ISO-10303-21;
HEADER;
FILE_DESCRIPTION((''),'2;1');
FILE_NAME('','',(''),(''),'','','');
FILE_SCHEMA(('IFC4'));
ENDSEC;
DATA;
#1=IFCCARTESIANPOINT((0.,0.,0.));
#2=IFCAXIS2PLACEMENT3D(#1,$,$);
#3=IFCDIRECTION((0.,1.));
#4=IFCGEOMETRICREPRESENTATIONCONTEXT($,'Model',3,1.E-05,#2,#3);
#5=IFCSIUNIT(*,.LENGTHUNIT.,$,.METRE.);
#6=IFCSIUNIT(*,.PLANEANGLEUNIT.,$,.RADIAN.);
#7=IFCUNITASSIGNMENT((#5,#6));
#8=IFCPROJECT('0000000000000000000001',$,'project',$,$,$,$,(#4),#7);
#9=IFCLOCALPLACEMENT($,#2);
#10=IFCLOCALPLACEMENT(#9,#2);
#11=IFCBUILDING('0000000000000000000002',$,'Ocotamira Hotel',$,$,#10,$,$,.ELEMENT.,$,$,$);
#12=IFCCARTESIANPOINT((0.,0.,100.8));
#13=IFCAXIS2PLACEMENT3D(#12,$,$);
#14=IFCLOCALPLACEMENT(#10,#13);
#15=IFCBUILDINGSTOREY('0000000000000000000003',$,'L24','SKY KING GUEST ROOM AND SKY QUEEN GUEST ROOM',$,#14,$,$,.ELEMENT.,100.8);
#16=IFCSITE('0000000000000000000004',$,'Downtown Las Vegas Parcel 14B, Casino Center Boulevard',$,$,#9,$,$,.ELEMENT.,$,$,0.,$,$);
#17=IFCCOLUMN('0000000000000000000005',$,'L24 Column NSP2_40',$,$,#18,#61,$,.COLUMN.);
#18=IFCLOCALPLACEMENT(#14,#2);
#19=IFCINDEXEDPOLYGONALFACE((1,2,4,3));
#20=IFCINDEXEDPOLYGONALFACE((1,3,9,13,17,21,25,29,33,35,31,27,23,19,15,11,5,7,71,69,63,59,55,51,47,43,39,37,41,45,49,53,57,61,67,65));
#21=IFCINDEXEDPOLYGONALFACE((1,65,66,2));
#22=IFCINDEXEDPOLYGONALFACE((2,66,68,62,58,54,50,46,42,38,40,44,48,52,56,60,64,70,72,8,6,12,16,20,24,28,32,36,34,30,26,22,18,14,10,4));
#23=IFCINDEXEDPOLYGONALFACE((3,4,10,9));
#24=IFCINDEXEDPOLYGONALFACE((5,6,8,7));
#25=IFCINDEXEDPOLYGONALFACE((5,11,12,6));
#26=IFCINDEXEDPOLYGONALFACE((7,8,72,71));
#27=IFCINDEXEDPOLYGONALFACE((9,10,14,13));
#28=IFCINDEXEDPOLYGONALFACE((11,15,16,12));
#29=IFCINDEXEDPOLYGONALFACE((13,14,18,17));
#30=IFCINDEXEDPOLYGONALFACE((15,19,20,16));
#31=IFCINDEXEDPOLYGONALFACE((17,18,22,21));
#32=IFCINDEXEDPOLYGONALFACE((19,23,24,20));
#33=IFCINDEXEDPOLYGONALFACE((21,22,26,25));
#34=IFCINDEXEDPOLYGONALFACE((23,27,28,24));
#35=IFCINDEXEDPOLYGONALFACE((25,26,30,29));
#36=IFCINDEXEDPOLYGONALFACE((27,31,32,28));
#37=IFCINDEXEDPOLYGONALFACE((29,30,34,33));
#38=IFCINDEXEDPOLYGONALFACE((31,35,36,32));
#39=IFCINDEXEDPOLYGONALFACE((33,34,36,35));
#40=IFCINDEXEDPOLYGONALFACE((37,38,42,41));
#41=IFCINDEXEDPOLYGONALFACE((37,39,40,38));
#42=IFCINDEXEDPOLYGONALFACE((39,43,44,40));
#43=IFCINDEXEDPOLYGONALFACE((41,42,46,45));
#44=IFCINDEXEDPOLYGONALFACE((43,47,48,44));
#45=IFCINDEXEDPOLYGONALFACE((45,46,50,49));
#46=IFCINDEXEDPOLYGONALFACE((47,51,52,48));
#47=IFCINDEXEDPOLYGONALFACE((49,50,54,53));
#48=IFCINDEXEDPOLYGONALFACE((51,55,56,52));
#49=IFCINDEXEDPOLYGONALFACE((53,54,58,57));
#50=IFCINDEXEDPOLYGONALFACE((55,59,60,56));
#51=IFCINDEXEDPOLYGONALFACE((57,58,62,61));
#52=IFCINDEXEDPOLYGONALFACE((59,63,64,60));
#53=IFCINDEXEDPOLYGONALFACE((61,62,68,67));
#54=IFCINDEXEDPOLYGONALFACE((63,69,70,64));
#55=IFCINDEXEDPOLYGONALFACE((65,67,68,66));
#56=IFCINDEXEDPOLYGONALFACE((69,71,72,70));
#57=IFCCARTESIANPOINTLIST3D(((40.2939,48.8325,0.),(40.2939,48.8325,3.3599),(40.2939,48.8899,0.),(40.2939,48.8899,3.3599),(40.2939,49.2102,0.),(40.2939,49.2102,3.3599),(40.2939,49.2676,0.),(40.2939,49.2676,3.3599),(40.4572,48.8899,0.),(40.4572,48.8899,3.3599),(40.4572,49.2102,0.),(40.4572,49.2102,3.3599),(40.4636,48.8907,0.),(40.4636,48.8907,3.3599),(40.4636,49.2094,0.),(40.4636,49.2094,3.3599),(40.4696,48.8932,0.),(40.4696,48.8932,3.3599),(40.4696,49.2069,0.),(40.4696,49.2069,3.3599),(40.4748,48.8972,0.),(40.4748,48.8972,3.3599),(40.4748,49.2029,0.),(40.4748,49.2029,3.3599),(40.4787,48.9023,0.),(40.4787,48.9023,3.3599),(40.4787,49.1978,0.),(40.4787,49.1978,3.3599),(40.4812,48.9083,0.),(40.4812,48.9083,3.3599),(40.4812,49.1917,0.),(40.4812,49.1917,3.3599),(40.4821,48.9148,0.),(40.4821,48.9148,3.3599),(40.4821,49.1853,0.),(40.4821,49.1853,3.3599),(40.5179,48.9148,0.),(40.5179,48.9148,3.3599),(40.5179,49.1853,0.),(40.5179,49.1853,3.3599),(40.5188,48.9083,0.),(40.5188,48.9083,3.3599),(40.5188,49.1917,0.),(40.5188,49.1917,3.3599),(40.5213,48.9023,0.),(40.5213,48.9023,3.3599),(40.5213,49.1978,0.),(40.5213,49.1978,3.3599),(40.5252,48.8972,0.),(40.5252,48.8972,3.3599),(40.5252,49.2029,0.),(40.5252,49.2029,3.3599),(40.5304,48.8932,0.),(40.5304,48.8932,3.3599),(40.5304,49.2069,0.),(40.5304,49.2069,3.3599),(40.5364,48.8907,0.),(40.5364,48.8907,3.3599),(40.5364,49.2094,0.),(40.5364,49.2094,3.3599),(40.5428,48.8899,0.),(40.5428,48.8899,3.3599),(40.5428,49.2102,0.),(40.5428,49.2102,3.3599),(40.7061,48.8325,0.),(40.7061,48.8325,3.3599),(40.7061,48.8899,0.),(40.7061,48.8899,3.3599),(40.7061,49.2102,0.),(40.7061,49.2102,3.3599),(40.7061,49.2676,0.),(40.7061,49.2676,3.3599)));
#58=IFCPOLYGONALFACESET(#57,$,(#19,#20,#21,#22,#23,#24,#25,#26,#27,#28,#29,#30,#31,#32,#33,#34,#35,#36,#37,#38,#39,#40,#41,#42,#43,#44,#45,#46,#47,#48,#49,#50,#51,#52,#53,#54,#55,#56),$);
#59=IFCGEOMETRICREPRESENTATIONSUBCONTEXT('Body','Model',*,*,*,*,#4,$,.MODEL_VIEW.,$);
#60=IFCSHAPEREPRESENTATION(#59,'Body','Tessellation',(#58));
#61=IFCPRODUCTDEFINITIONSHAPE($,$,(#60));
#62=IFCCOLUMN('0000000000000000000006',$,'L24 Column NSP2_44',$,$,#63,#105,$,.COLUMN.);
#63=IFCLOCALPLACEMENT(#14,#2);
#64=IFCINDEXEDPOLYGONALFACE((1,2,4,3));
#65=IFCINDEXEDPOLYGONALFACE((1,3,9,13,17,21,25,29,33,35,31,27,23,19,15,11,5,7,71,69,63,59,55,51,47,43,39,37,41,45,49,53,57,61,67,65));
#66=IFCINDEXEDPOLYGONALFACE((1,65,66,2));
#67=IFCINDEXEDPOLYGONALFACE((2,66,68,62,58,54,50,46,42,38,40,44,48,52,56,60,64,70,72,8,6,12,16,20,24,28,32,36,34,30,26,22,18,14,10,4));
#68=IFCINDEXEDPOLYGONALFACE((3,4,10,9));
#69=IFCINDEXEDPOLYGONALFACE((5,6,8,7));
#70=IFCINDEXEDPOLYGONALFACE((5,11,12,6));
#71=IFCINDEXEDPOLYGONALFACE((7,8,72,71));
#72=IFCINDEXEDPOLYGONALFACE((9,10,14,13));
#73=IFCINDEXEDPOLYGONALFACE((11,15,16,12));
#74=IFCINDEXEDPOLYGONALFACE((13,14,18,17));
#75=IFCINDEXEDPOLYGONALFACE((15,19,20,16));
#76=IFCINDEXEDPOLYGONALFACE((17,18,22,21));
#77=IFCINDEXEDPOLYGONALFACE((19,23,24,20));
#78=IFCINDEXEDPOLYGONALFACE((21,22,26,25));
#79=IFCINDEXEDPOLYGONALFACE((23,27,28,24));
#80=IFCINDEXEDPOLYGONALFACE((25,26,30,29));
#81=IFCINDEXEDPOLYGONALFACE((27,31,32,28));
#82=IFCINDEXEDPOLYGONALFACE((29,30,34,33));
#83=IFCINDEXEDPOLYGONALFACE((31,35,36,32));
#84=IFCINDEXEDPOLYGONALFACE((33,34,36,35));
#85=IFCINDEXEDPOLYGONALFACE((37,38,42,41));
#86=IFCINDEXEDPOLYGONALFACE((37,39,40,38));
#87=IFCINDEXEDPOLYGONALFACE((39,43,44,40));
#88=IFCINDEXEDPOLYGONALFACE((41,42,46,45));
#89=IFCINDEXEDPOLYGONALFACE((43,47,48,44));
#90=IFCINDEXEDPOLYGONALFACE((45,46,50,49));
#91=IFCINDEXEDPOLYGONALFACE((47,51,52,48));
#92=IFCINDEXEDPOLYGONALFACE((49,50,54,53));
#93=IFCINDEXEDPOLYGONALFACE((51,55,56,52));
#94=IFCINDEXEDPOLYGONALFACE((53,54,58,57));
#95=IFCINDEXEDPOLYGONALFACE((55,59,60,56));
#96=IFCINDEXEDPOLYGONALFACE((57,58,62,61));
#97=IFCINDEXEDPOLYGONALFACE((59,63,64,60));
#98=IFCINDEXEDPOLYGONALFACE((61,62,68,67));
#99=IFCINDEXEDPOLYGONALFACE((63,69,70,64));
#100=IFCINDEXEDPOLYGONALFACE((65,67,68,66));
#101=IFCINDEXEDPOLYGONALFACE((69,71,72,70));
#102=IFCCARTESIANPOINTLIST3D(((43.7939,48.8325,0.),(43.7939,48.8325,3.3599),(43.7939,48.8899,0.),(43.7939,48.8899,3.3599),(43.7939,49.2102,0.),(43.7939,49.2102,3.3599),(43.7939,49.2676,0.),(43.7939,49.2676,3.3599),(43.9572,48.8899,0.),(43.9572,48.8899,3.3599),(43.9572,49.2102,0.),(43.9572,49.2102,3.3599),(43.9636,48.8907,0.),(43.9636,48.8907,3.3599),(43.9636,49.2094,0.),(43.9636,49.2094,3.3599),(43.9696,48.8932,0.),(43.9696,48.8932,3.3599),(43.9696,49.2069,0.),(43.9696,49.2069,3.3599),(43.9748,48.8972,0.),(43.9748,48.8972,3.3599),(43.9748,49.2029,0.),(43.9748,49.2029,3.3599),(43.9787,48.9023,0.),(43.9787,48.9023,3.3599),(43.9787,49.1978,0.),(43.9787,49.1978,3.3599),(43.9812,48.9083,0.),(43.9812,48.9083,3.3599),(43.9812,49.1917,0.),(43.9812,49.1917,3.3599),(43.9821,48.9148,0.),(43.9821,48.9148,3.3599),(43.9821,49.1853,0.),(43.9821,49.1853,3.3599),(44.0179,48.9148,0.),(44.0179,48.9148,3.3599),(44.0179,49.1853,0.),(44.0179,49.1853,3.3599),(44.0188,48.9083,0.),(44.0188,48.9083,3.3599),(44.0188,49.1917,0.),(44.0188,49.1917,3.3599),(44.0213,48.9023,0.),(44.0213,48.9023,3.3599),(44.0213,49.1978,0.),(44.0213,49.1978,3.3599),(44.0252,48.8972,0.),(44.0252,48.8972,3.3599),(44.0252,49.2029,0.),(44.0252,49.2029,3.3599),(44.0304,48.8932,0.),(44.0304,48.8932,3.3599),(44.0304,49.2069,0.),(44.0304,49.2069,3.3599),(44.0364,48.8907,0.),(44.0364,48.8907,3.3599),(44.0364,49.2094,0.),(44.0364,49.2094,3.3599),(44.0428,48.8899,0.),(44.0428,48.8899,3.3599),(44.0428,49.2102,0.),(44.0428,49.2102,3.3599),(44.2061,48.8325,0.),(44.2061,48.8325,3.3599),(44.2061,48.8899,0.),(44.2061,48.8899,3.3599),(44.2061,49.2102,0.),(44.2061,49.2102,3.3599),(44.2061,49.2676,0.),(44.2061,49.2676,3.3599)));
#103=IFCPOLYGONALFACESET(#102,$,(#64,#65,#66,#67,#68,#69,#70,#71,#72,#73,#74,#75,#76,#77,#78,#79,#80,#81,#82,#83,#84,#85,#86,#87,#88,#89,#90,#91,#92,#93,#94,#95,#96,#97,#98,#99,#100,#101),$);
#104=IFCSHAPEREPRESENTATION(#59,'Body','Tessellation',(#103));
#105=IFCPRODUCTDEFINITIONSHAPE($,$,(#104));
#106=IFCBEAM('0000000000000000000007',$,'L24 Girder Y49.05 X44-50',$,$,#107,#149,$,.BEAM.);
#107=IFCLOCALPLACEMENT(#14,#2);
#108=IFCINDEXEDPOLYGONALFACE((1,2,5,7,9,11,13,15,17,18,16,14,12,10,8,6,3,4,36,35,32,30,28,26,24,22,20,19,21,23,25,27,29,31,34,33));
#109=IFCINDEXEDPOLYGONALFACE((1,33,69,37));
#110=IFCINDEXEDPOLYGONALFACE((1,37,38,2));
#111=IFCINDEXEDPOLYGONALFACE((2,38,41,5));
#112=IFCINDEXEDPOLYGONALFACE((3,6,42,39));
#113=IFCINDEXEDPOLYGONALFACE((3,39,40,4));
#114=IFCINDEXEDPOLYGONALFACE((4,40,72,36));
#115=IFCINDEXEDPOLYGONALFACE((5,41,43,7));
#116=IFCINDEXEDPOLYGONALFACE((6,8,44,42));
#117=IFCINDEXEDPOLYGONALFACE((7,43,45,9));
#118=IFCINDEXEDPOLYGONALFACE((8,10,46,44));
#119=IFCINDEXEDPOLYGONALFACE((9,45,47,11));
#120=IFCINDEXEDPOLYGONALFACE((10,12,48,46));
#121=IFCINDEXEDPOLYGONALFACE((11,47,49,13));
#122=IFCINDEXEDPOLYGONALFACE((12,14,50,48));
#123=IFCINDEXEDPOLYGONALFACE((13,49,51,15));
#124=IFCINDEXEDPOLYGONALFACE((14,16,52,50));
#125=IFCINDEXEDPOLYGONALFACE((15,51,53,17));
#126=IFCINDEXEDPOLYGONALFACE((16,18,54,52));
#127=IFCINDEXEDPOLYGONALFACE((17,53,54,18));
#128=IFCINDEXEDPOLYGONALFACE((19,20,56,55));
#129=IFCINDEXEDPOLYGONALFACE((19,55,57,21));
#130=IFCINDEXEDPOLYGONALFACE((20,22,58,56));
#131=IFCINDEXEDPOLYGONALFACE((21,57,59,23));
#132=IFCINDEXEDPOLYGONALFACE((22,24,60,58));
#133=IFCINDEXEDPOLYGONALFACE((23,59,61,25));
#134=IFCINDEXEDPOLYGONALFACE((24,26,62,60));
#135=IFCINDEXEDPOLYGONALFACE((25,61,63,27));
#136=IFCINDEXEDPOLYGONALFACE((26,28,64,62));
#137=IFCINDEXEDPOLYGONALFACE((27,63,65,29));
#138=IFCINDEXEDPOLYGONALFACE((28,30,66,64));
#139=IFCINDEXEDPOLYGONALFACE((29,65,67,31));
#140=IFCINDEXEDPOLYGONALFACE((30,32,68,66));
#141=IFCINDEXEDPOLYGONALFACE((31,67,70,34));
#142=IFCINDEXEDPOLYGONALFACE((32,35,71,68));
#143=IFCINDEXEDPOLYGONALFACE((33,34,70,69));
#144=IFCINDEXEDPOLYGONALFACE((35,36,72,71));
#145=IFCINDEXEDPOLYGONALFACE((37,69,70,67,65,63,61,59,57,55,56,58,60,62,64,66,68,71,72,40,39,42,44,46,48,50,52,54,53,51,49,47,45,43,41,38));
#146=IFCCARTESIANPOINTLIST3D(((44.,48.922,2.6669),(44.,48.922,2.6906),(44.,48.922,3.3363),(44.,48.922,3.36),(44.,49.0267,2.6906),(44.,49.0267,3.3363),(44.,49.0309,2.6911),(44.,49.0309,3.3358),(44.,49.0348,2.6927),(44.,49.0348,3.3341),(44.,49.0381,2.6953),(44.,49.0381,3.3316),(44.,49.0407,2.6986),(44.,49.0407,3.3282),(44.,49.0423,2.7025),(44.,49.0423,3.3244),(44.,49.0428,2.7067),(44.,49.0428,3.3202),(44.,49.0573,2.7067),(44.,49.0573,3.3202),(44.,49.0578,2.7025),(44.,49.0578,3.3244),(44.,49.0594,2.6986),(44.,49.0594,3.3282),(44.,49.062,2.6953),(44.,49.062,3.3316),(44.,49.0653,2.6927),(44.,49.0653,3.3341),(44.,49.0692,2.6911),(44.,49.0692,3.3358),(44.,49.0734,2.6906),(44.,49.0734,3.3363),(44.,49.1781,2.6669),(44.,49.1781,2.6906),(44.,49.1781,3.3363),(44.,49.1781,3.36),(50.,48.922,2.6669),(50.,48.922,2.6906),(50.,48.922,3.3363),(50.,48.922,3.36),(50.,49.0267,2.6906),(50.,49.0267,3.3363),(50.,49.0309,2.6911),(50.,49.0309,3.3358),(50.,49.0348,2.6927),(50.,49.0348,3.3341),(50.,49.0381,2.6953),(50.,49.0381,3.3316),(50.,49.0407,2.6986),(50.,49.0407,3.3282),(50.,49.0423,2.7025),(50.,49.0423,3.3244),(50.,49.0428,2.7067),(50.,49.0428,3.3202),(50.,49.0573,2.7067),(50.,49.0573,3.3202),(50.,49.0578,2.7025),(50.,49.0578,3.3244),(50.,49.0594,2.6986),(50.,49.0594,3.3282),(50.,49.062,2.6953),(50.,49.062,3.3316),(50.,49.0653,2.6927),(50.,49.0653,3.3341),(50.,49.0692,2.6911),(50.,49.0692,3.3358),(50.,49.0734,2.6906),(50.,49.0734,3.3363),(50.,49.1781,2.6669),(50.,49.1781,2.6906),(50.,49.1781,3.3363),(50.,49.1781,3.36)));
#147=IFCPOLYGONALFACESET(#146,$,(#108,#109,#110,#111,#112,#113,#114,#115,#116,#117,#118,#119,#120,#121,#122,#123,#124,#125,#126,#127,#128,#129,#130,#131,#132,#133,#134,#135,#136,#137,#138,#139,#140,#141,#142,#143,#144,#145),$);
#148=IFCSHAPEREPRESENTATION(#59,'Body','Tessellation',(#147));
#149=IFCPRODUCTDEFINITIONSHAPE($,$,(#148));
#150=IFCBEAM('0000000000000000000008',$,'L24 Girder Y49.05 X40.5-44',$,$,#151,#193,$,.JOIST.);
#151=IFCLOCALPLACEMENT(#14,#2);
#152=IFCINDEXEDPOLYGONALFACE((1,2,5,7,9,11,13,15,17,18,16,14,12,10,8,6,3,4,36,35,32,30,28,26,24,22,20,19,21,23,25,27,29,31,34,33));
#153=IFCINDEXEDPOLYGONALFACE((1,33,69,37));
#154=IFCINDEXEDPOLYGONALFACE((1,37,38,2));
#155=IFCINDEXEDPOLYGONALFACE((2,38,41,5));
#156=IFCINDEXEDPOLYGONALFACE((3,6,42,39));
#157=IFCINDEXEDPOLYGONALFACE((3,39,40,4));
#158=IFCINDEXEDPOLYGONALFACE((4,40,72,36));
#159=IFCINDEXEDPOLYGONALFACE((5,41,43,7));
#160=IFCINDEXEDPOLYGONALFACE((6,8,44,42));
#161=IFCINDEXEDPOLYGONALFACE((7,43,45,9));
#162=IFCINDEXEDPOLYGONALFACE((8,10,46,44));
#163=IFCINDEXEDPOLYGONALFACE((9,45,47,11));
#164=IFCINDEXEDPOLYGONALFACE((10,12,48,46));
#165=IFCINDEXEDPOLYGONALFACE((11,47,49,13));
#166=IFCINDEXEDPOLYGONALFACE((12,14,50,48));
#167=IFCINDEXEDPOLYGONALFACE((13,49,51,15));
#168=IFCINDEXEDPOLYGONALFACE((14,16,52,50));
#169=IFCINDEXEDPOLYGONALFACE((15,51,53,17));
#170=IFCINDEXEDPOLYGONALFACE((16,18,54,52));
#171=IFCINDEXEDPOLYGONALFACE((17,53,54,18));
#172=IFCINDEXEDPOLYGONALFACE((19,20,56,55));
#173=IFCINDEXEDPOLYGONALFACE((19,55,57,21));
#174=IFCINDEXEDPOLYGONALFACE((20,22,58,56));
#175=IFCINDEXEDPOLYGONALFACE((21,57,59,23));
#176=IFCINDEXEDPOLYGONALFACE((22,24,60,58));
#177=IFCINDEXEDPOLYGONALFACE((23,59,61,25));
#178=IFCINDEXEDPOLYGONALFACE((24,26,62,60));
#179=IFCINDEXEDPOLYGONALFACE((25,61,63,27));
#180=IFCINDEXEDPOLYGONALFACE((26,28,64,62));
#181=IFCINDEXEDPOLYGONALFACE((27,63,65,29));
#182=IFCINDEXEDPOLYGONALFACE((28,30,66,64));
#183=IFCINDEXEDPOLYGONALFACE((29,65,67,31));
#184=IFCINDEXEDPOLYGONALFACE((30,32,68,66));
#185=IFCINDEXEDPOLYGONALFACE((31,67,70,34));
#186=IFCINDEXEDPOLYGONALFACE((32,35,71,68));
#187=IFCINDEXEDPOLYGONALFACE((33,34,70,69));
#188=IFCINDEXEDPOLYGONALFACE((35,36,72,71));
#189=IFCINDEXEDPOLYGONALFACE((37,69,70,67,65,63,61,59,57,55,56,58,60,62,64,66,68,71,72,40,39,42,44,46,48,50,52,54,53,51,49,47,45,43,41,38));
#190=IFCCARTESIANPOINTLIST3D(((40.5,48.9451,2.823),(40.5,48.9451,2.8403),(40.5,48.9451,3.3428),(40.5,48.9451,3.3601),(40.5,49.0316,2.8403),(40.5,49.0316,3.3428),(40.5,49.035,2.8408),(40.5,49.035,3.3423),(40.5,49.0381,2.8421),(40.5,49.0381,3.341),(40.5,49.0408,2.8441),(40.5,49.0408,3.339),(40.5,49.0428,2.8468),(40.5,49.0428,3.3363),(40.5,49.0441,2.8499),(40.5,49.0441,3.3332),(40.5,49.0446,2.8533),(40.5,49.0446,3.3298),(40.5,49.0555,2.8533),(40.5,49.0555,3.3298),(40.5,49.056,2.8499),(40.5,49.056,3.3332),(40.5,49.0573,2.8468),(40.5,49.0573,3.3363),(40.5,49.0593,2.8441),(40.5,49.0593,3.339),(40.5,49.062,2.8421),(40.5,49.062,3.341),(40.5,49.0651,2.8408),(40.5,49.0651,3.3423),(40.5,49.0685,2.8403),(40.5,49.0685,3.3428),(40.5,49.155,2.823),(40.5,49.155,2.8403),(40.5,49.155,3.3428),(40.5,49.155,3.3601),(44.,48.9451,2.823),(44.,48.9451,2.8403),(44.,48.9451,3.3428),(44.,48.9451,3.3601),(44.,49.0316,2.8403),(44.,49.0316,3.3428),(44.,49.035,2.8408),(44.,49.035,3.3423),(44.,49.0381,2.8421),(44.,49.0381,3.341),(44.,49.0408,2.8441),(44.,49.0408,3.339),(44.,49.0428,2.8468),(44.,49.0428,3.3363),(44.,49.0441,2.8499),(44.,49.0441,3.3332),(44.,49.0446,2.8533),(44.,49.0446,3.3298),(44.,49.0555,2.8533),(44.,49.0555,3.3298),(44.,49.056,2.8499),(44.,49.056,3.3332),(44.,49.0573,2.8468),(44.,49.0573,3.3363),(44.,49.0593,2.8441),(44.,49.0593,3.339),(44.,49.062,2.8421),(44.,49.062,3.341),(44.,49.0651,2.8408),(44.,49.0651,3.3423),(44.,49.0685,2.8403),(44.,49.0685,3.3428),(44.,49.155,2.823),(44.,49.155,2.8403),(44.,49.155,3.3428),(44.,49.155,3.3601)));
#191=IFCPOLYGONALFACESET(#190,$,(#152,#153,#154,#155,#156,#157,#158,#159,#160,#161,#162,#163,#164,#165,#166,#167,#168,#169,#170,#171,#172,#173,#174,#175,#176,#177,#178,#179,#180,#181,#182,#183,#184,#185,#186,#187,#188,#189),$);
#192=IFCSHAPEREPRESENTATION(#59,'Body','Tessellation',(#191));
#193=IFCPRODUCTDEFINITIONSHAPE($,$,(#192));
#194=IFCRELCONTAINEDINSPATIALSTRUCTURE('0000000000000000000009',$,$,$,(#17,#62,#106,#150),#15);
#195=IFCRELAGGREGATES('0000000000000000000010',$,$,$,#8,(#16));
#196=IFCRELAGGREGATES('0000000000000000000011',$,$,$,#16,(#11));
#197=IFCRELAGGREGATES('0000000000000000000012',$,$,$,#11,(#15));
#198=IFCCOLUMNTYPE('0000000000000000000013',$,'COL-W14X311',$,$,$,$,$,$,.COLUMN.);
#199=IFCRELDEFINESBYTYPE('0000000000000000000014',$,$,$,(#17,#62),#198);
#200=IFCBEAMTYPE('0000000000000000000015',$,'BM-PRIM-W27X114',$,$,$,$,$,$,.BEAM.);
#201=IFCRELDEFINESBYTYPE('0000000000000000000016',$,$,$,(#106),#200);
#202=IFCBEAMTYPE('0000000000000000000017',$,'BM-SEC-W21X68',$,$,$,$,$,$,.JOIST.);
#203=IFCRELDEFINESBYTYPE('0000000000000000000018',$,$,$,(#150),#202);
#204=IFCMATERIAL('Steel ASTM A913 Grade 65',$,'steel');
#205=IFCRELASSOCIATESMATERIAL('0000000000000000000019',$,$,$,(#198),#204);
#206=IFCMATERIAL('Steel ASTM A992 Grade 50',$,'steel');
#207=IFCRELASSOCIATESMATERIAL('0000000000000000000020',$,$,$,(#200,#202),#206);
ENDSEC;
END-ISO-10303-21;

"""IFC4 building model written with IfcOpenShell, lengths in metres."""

from ifc_helpers import new_model, si_unit, direction, frame, origin, origin_2d, place, context, subcontext, project, spatial, i_section, extrude, source, transform, mapped, material, material_profile, profile_set, type_object, element, save


model = new_model("IFC4")

# Units and contexts
model_context = context("Model", 3, precision=1e-05, world=origin(), true_north=direction((0.0, 1.0)))
body_context = subcontext(model_context, "Body", "Model", "MODEL_VIEW")
ifc_project = project(units=[si_unit("LENGTHUNIT", "METRE"), si_unit("PLANEANGLEUNIT", "RADIAN")], contexts=[model_context])

# Site, building, storey
site_placement = place(None, origin())
site = spatial("IfcSite", under=ifc_project, at=site_placement, Name="Downtown Las Vegas Parcel 14B, Casino Center Boulevard", CompositionType="ELEMENT", RefElevation=0.0)
building_placement = place(site_placement, origin())
building = spatial("IfcBuilding", under=site, at=building_placement, Name="Ocotamira Hotel", CompositionType="ELEMENT")
storey_placement = place(building_placement, frame((0.0, 0.0, 100.8)))
storey = spatial("IfcBuildingStorey", under=building, at=storey_placement, Name="L24", Description="SKY KING GUEST ROOM AND SKY QUEEN GUEST ROOM", CompositionType="ELEMENT", Elevation=100.8)

# Columns
ifc_material_1 = material(Name="Steel ASTM A913 Grade 65", Category="steel")
ifc_material_profile_1 = material_profile(ifc_material_1, i_section(OverallWidth=0.4121, OverallDepth=0.4351, WebThickness=0.0359, FlangeThickness=0.0574, FilletRadius=0.0249, at=origin_2d()), Name="W14X311")
ifc_profile_set_1 = profile_set([ifc_material_profile_1], Name="Steel ASTM A913 Grade 65")
column_type = type_object("IfcColumnType", Name="COL-W14X311", PredefinedType="COLUMN", material=ifc_profile_set_1)
shared_shape_1 = source(origin(), body_context, "Body", "SweptSolid", [
    extrude(i_section(OverallWidth=0.4121, OverallDepth=0.4351, WebThickness=0.0359, FlangeThickness=0.0574, FilletRadius=0.0249, at=origin_2d()), origin(), (0.0, 0.0, 1.0), 3.3599),
])
for number, where, z_axis, x_axis, name in (
    (1, (40.5, 49.05, 0.0), (0.0, 0.0, 1.0), (1.0, 0.0, 0.0), "L24 Column NSP2_40"),
    (2, (44.0, 49.05, 0.0), (0.0, 0.0, 1.0), (1.0, 0.0, 0.0), "L24 Column NSP2_44"),
):
    element("IfcColumn", number, at=place(storey_placement, frame(where, z_axis=z_axis, x_axis=x_axis)), inside=storey, type_object=column_type, Name=name, PredefinedType="COLUMN", context=body_context, shape_type="MappedRepresentation", body=[
        mapped(shared_shape_1, transform((0.0, 0.0, 0.0), scale=1.0)),
    ])

# Beams
ifc_material_2 = material(Name="Steel ASTM A992 Grade 50", Category="steel")
ifc_material_profile_2 = material_profile(ifc_material_2, i_section(OverallWidth=0.2561, OverallDepth=0.6931, WebThickness=0.0144, FlangeThickness=0.0237, FilletRadius=0.0161, at=origin_2d()), Name="W27X114")
ifc_profile_set_2 = profile_set([ifc_material_profile_2], Name="Steel ASTM A992 Grade 50")
beam_type_1 = type_object("IfcBeamType", Name="BM-PRIM-W27X114", PredefinedType="BEAM", material=ifc_profile_set_2)
shared_shape_2 = source(origin(), body_context, "Body", "SweptSolid", [
    extrude(i_section(OverallWidth=0.2561, OverallDepth=0.6931, WebThickness=0.0144, FlangeThickness=0.0237, FilletRadius=0.0161, at=origin_2d()), origin(), (0.0, 0.0, 1.0), 6.0),
])
beam_1_placement = place(storey_placement, frame((44.0, 49.05, 3.0134), z_axis=(1.0, 0.0, 0.0), x_axis=(0.0, 1.0, 0.0)))
element("IfcBeam", 3, at=beam_1_placement, inside=storey, type_object=beam_type_1, Name="L24 Girder Y49.05 X44-50", PredefinedType="BEAM", context=body_context, shape_type="MappedRepresentation", body=[
    mapped(shared_shape_2, transform((0.0, 0.0, 0.0), scale=1.0)),
])
ifc_material_profile_3 = material_profile(ifc_material_2, i_section(OverallWidth=0.21, OverallDepth=0.5371, WebThickness=0.011, FlangeThickness=0.0173, FilletRadius=0.0129, at=origin_2d()), Name="W21X68")
ifc_profile_set_3 = profile_set([ifc_material_profile_3], Name="Steel ASTM A992 Grade 50")
beam_type_2 = type_object("IfcBeamType", Name="BM-SEC-W21X68", PredefinedType="JOIST", material=ifc_profile_set_3)
shared_shape_3 = source(origin(), body_context, "Body", "SweptSolid", [
    extrude(i_section(OverallWidth=0.21, OverallDepth=0.5371, WebThickness=0.011, FlangeThickness=0.0173, FilletRadius=0.0129, at=origin_2d()), origin(), (0.0, 0.0, 1.0), 3.5),
])
beam_2_placement = place(storey_placement, frame((40.5, 49.05, 3.0916), z_axis=(1.0, 0.0, 0.0), x_axis=(0.0, 1.0, 0.0)))
element("IfcBeam", 4, at=beam_2_placement, inside=storey, type_object=beam_type_2, Name="L24 Girder Y49.05 X40.5-44", PredefinedType="JOIST", context=body_context, shape_type="MappedRepresentation", body=[
    mapped(shared_shape_3, transform((0.0, 0.0, 0.0), scale=1.0)),
])

save(model, "model.ifc")
